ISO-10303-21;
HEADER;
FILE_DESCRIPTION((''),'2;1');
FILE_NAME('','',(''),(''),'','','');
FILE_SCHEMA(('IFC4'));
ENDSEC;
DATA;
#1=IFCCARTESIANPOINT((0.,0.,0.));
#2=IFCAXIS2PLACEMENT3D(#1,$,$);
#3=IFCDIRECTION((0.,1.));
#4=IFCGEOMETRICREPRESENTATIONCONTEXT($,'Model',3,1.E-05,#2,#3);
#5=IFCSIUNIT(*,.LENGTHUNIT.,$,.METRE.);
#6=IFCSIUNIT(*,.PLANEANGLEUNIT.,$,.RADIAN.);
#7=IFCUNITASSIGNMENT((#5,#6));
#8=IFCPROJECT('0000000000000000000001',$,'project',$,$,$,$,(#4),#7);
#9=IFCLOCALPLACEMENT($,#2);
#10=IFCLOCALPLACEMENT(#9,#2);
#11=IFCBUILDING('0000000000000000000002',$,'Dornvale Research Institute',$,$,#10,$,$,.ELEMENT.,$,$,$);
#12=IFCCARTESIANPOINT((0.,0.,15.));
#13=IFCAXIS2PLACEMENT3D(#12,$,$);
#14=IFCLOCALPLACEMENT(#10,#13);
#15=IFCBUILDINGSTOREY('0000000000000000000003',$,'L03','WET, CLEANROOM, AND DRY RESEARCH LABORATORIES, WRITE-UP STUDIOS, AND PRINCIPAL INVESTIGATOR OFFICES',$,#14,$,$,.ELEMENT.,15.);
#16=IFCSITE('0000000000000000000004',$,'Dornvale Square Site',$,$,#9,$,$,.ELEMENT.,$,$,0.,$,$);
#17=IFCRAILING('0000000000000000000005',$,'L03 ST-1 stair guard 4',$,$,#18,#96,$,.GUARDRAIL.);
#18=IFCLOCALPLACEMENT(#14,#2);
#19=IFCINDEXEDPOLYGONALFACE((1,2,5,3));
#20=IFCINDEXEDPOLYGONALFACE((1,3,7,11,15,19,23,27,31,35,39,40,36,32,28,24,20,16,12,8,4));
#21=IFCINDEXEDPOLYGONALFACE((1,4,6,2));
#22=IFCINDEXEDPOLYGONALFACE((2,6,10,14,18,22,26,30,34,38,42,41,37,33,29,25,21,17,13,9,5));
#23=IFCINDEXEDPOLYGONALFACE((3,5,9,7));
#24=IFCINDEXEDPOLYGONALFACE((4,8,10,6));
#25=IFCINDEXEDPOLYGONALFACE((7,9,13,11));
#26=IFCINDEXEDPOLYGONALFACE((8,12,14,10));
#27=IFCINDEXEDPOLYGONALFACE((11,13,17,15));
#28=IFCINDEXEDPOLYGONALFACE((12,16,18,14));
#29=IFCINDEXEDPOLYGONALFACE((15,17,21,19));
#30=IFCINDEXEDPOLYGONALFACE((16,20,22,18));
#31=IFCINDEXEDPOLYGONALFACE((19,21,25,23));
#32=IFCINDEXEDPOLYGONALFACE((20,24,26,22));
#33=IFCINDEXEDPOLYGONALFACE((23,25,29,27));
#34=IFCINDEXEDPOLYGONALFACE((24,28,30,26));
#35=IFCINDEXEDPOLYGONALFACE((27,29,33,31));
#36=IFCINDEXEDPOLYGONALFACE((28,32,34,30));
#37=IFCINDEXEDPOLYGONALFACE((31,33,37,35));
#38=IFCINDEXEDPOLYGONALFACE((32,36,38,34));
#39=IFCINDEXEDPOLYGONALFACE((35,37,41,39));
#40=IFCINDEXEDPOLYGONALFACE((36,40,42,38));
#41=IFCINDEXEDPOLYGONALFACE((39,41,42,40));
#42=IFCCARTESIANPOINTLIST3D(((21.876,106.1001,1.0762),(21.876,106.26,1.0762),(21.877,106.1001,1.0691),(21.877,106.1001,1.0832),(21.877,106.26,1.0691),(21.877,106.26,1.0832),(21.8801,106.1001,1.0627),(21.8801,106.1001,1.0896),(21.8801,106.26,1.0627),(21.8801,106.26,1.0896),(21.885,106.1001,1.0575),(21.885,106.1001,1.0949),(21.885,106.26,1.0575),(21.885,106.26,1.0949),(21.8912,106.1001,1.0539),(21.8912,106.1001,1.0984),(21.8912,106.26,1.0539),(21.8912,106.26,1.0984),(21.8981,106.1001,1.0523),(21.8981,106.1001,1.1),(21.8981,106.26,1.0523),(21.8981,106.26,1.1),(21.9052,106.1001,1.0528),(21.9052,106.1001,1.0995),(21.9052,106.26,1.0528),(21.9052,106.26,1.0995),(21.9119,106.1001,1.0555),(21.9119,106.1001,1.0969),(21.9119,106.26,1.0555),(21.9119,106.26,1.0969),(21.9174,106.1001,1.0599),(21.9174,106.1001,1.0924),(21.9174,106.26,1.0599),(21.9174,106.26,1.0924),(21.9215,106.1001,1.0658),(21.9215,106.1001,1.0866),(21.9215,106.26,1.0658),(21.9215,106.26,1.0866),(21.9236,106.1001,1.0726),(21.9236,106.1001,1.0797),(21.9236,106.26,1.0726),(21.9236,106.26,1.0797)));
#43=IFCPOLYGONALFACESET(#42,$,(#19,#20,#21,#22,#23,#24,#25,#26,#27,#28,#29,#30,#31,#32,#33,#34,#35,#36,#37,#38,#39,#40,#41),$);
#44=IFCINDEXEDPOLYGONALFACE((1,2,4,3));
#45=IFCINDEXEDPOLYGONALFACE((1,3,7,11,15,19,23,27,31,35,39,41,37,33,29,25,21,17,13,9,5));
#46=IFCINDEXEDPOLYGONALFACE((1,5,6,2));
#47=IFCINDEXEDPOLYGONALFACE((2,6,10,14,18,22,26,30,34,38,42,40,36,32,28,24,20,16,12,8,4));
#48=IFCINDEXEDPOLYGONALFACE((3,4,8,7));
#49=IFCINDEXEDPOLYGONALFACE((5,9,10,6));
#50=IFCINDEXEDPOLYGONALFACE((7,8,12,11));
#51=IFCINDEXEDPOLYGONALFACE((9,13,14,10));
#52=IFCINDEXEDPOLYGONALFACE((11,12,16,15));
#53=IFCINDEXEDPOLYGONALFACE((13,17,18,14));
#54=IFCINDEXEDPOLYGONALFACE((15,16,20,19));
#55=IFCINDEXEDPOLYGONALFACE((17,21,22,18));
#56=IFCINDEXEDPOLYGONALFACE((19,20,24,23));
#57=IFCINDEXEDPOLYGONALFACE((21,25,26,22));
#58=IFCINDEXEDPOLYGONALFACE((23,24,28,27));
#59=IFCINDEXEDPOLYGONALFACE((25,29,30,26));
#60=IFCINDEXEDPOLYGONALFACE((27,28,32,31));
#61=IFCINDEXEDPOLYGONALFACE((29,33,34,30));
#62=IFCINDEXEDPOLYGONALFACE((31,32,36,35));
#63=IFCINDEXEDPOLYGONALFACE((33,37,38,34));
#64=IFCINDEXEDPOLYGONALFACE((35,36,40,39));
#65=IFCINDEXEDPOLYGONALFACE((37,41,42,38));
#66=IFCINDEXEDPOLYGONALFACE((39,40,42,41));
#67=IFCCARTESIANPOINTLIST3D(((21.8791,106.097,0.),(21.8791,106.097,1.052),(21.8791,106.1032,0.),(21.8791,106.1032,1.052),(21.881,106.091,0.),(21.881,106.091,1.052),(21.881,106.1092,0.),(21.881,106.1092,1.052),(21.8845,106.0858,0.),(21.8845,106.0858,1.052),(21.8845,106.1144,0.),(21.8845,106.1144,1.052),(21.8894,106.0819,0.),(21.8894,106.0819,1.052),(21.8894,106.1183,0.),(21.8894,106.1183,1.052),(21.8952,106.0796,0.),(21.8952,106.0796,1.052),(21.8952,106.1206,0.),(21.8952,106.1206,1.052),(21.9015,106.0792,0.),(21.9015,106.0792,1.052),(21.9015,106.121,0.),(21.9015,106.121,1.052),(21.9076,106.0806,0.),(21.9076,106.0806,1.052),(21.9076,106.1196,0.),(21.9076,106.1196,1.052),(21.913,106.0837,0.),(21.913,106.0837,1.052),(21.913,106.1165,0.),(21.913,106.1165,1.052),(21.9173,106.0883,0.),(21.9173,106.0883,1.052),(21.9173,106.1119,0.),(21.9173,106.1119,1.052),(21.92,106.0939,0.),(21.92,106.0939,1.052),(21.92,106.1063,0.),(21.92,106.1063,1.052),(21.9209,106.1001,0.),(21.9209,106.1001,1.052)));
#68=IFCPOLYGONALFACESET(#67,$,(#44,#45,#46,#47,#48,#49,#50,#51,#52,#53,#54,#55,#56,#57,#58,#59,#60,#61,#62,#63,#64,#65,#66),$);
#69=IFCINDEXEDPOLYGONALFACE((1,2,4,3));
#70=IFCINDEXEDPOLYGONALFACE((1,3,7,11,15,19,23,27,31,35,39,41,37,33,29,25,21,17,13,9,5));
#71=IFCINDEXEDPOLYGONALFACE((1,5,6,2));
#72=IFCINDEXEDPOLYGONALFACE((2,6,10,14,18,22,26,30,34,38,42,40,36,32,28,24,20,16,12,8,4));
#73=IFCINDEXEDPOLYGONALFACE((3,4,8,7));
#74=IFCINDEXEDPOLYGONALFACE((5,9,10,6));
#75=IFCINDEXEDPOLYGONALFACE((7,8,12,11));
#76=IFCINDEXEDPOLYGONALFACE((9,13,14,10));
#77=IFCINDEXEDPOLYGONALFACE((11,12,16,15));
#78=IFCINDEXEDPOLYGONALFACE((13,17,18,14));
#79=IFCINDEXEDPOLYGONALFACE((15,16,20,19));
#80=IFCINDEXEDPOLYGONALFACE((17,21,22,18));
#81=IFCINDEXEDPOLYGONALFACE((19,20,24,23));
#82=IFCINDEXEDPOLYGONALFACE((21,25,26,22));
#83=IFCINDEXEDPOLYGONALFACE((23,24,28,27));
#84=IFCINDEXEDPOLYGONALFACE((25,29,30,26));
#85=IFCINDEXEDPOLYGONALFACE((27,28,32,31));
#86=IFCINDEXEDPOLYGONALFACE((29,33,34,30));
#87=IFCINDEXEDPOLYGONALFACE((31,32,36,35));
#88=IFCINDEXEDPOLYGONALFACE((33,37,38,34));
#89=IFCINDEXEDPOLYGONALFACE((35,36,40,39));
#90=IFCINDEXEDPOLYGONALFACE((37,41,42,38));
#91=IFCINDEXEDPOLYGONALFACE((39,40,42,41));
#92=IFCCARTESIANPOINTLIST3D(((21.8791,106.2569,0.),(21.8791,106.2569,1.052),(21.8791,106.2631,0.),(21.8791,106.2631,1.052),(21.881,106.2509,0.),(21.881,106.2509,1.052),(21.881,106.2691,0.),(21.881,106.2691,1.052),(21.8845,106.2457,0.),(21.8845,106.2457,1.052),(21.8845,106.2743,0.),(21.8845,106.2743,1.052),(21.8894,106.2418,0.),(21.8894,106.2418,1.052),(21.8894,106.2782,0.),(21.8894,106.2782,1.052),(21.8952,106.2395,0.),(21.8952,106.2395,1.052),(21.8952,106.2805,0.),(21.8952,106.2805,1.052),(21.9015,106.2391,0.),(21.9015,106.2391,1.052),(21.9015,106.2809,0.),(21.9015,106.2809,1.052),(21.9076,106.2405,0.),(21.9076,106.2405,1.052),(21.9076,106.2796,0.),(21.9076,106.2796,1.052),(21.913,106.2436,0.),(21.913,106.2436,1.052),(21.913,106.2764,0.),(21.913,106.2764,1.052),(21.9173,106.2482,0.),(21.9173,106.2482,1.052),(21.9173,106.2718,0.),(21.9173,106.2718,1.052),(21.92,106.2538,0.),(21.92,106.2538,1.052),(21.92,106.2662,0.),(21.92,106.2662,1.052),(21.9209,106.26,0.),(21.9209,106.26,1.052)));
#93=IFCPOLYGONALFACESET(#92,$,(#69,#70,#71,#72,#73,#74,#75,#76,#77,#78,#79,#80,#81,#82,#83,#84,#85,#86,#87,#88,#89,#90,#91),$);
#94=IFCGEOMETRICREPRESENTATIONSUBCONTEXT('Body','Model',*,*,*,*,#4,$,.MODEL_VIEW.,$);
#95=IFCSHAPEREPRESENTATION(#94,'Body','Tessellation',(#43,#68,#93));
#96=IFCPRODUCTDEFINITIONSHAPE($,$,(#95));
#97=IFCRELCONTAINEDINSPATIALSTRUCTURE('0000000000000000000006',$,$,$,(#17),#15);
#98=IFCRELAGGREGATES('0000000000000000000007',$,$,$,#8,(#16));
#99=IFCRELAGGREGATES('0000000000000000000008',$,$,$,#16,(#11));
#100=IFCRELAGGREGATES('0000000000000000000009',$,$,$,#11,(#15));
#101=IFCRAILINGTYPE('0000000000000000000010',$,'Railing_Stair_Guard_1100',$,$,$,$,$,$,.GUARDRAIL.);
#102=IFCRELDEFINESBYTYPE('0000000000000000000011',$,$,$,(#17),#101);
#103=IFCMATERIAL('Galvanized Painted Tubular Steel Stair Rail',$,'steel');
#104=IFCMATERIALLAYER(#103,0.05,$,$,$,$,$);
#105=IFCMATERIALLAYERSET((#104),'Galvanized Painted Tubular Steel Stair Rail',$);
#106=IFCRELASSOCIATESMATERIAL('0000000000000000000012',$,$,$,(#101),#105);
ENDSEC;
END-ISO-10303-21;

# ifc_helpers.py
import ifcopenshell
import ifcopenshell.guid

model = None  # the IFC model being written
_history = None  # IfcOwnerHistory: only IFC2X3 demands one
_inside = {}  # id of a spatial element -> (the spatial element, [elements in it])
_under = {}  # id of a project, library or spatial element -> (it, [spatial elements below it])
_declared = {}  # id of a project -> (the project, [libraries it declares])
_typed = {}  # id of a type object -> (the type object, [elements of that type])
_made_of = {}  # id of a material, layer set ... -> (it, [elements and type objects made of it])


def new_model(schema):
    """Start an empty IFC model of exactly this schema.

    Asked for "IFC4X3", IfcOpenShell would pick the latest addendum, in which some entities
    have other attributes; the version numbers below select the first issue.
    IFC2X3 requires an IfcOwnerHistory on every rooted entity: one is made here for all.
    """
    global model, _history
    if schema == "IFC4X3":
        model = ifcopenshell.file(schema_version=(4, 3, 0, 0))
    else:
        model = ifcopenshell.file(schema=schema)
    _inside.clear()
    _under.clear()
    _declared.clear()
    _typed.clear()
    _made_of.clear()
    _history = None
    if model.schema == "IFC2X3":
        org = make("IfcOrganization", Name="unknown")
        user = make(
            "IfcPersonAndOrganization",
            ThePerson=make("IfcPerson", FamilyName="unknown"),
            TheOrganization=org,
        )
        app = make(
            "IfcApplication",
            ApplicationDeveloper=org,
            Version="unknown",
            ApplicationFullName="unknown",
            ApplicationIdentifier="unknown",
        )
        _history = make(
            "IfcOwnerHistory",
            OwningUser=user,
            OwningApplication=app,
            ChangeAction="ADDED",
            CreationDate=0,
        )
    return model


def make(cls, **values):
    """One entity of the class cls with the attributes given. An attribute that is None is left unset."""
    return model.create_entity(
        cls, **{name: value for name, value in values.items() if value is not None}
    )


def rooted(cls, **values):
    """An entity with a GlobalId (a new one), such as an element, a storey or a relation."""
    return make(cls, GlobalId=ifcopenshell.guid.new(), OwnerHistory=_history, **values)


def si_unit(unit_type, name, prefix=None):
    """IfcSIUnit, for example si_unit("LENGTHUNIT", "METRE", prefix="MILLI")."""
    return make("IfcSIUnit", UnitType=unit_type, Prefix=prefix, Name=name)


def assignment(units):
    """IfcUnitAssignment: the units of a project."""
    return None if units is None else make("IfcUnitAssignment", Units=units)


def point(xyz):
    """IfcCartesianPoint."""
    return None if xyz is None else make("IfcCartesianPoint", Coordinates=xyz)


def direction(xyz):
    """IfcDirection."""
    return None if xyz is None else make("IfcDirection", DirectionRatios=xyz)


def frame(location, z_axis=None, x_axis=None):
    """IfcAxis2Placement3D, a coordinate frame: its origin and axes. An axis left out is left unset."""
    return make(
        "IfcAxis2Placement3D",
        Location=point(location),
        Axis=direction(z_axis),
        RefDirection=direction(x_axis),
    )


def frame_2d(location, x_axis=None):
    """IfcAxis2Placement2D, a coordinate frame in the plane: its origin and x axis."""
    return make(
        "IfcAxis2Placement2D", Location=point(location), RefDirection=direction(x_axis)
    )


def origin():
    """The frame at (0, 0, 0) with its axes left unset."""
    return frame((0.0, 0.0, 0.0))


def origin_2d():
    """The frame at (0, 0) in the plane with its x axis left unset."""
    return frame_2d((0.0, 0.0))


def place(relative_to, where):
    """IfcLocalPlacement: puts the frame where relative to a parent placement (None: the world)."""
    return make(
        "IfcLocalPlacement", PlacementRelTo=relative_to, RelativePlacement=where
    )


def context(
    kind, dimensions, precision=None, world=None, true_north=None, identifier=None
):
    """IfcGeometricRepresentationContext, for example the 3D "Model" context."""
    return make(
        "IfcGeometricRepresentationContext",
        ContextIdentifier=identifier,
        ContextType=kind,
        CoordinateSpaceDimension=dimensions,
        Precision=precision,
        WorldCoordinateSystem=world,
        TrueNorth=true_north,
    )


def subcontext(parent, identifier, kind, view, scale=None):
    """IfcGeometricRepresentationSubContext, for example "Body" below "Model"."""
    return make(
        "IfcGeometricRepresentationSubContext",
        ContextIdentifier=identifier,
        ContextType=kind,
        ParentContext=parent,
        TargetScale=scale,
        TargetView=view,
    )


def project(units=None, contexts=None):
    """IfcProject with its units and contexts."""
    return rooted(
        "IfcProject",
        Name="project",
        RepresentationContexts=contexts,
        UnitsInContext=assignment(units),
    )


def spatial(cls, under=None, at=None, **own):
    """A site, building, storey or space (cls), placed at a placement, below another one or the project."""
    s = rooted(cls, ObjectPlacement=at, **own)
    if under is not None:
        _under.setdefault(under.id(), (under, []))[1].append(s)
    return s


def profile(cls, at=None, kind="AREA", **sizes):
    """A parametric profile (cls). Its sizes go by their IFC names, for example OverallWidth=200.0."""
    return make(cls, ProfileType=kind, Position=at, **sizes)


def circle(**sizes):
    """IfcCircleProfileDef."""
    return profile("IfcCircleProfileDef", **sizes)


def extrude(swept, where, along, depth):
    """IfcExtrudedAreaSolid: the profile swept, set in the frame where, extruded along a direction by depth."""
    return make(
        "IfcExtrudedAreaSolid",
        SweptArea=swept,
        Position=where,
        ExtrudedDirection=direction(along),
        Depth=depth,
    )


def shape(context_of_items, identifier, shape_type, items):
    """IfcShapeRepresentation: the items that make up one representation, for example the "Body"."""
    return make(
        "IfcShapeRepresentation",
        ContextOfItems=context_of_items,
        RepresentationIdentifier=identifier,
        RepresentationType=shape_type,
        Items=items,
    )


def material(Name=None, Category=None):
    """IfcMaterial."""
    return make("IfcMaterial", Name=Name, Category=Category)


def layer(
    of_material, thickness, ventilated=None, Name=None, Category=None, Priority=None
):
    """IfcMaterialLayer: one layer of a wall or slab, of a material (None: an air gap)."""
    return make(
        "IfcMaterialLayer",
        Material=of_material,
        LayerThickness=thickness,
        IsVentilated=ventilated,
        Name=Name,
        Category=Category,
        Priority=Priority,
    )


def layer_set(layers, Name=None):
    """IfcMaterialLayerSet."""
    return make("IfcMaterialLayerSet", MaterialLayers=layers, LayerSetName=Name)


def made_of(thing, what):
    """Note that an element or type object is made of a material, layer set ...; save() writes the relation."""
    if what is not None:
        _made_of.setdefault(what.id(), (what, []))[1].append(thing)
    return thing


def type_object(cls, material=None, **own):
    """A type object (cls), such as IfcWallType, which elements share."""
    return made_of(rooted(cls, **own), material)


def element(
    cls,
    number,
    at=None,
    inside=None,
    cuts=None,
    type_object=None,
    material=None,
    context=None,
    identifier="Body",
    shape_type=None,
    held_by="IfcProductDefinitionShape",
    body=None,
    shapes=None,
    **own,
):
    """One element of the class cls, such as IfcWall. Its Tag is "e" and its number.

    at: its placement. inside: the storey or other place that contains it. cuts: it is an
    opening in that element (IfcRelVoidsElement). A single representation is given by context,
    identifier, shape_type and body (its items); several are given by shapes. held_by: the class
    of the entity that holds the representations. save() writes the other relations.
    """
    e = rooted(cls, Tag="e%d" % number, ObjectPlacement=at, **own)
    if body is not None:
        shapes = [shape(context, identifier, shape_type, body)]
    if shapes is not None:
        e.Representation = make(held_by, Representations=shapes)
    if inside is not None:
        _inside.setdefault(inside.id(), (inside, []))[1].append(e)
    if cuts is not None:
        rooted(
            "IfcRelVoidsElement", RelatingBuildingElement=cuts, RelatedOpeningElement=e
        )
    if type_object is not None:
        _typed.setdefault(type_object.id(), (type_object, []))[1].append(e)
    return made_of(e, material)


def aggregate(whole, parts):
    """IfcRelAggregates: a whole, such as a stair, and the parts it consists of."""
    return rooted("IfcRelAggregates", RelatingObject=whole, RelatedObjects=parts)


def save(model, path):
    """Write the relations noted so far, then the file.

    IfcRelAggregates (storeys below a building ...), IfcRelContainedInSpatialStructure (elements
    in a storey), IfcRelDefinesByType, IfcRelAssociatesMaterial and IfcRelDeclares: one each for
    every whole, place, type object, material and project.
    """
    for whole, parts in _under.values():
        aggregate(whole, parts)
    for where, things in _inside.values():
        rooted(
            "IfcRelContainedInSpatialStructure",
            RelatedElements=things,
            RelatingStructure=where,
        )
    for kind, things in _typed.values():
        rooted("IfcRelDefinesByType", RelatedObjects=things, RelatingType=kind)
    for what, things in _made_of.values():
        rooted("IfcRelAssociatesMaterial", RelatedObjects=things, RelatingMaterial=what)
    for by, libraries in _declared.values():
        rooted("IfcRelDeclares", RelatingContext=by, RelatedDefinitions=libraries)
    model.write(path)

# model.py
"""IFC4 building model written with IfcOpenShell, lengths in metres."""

from ifc_helpers import new_model, si_unit, direction, frame, origin, origin_2d, place, context, subcontext, project, spatial, circle, extrude, material, layer, layer_set, type_object, element, save


model = new_model("IFC4")

# Units and contexts
model_context = context("Model", 3, precision=1e-05, world=origin(), true_north=direction((0.0, 1.0)))
body_context = subcontext(model_context, "Body", "Model", "MODEL_VIEW")
ifc_project = project(units=[si_unit("LENGTHUNIT", "METRE"), si_unit("PLANEANGLEUNIT", "RADIAN")], contexts=[model_context])

# Site, building, storey
site_placement = place(None, origin())
site = spatial("IfcSite", under=ifc_project, at=site_placement, Name="Dornvale Square Site", CompositionType="ELEMENT", RefElevation=0.0)
building_placement = place(site_placement, origin())
building = spatial("IfcBuilding", under=site, at=building_placement, Name="Dornvale Research Institute", CompositionType="ELEMENT")
storey_placement = place(building_placement, frame((0.0, 0.0, 15.0)))
storey = spatial("IfcBuildingStorey", under=building, at=storey_placement, Name="L03", Description="WET, CLEANROOM, AND DRY RESEARCH LABORATORIES, WRITE-UP STUDIOS, AND PRINCIPAL INVESTIGATOR OFFICES", CompositionType="ELEMENT", Elevation=15.0)

# Railing
ifc_material_1 = material(Name="Galvanized Painted Tubular Steel Stair Rail", Category="steel")
ifc_layer_1 = layer(ifc_material_1, 0.05)
ifc_layer_set_1 = layer_set([ifc_layer_1], Name="Galvanized Painted Tubular Steel Stair Rail")
railing_type_1 = type_object("IfcRailingType", Name="Railing_Stair_Guard_1100", PredefinedType="GUARDRAIL", material=ifc_layer_set_1)
railing_1_placement = place(storey_placement, frame((21.8999, 106.1001, 0.0)))
element("IfcRailing", 1, at=railing_1_placement, inside=storey, type_object=railing_type_1, Name="L03 ST-1 stair guard 4", PredefinedType="GUARDRAIL", context=body_context, shape_type="SweptSolid", body=[
    extrude(circle(Radius=0.0239, at=origin_2d()), frame((0.0, 0.0, 1.0762), z_axis=(0.0, 1.0, 0.0), x_axis=(-1.0, 0.0, 0.0)), (0.0, 0.0, 1.0), 0.1599),
    extrude(circle(Radius=0.021, at=origin_2d()), origin(), (0.0, 0.0, 1.0), 1.052),
    extrude(circle(Radius=0.021, at=origin_2d()), frame((0.0, 0.1599, 0.0)), (0.0, 0.0, 1.0), 1.052),
])

save(model, "model.ifc")
